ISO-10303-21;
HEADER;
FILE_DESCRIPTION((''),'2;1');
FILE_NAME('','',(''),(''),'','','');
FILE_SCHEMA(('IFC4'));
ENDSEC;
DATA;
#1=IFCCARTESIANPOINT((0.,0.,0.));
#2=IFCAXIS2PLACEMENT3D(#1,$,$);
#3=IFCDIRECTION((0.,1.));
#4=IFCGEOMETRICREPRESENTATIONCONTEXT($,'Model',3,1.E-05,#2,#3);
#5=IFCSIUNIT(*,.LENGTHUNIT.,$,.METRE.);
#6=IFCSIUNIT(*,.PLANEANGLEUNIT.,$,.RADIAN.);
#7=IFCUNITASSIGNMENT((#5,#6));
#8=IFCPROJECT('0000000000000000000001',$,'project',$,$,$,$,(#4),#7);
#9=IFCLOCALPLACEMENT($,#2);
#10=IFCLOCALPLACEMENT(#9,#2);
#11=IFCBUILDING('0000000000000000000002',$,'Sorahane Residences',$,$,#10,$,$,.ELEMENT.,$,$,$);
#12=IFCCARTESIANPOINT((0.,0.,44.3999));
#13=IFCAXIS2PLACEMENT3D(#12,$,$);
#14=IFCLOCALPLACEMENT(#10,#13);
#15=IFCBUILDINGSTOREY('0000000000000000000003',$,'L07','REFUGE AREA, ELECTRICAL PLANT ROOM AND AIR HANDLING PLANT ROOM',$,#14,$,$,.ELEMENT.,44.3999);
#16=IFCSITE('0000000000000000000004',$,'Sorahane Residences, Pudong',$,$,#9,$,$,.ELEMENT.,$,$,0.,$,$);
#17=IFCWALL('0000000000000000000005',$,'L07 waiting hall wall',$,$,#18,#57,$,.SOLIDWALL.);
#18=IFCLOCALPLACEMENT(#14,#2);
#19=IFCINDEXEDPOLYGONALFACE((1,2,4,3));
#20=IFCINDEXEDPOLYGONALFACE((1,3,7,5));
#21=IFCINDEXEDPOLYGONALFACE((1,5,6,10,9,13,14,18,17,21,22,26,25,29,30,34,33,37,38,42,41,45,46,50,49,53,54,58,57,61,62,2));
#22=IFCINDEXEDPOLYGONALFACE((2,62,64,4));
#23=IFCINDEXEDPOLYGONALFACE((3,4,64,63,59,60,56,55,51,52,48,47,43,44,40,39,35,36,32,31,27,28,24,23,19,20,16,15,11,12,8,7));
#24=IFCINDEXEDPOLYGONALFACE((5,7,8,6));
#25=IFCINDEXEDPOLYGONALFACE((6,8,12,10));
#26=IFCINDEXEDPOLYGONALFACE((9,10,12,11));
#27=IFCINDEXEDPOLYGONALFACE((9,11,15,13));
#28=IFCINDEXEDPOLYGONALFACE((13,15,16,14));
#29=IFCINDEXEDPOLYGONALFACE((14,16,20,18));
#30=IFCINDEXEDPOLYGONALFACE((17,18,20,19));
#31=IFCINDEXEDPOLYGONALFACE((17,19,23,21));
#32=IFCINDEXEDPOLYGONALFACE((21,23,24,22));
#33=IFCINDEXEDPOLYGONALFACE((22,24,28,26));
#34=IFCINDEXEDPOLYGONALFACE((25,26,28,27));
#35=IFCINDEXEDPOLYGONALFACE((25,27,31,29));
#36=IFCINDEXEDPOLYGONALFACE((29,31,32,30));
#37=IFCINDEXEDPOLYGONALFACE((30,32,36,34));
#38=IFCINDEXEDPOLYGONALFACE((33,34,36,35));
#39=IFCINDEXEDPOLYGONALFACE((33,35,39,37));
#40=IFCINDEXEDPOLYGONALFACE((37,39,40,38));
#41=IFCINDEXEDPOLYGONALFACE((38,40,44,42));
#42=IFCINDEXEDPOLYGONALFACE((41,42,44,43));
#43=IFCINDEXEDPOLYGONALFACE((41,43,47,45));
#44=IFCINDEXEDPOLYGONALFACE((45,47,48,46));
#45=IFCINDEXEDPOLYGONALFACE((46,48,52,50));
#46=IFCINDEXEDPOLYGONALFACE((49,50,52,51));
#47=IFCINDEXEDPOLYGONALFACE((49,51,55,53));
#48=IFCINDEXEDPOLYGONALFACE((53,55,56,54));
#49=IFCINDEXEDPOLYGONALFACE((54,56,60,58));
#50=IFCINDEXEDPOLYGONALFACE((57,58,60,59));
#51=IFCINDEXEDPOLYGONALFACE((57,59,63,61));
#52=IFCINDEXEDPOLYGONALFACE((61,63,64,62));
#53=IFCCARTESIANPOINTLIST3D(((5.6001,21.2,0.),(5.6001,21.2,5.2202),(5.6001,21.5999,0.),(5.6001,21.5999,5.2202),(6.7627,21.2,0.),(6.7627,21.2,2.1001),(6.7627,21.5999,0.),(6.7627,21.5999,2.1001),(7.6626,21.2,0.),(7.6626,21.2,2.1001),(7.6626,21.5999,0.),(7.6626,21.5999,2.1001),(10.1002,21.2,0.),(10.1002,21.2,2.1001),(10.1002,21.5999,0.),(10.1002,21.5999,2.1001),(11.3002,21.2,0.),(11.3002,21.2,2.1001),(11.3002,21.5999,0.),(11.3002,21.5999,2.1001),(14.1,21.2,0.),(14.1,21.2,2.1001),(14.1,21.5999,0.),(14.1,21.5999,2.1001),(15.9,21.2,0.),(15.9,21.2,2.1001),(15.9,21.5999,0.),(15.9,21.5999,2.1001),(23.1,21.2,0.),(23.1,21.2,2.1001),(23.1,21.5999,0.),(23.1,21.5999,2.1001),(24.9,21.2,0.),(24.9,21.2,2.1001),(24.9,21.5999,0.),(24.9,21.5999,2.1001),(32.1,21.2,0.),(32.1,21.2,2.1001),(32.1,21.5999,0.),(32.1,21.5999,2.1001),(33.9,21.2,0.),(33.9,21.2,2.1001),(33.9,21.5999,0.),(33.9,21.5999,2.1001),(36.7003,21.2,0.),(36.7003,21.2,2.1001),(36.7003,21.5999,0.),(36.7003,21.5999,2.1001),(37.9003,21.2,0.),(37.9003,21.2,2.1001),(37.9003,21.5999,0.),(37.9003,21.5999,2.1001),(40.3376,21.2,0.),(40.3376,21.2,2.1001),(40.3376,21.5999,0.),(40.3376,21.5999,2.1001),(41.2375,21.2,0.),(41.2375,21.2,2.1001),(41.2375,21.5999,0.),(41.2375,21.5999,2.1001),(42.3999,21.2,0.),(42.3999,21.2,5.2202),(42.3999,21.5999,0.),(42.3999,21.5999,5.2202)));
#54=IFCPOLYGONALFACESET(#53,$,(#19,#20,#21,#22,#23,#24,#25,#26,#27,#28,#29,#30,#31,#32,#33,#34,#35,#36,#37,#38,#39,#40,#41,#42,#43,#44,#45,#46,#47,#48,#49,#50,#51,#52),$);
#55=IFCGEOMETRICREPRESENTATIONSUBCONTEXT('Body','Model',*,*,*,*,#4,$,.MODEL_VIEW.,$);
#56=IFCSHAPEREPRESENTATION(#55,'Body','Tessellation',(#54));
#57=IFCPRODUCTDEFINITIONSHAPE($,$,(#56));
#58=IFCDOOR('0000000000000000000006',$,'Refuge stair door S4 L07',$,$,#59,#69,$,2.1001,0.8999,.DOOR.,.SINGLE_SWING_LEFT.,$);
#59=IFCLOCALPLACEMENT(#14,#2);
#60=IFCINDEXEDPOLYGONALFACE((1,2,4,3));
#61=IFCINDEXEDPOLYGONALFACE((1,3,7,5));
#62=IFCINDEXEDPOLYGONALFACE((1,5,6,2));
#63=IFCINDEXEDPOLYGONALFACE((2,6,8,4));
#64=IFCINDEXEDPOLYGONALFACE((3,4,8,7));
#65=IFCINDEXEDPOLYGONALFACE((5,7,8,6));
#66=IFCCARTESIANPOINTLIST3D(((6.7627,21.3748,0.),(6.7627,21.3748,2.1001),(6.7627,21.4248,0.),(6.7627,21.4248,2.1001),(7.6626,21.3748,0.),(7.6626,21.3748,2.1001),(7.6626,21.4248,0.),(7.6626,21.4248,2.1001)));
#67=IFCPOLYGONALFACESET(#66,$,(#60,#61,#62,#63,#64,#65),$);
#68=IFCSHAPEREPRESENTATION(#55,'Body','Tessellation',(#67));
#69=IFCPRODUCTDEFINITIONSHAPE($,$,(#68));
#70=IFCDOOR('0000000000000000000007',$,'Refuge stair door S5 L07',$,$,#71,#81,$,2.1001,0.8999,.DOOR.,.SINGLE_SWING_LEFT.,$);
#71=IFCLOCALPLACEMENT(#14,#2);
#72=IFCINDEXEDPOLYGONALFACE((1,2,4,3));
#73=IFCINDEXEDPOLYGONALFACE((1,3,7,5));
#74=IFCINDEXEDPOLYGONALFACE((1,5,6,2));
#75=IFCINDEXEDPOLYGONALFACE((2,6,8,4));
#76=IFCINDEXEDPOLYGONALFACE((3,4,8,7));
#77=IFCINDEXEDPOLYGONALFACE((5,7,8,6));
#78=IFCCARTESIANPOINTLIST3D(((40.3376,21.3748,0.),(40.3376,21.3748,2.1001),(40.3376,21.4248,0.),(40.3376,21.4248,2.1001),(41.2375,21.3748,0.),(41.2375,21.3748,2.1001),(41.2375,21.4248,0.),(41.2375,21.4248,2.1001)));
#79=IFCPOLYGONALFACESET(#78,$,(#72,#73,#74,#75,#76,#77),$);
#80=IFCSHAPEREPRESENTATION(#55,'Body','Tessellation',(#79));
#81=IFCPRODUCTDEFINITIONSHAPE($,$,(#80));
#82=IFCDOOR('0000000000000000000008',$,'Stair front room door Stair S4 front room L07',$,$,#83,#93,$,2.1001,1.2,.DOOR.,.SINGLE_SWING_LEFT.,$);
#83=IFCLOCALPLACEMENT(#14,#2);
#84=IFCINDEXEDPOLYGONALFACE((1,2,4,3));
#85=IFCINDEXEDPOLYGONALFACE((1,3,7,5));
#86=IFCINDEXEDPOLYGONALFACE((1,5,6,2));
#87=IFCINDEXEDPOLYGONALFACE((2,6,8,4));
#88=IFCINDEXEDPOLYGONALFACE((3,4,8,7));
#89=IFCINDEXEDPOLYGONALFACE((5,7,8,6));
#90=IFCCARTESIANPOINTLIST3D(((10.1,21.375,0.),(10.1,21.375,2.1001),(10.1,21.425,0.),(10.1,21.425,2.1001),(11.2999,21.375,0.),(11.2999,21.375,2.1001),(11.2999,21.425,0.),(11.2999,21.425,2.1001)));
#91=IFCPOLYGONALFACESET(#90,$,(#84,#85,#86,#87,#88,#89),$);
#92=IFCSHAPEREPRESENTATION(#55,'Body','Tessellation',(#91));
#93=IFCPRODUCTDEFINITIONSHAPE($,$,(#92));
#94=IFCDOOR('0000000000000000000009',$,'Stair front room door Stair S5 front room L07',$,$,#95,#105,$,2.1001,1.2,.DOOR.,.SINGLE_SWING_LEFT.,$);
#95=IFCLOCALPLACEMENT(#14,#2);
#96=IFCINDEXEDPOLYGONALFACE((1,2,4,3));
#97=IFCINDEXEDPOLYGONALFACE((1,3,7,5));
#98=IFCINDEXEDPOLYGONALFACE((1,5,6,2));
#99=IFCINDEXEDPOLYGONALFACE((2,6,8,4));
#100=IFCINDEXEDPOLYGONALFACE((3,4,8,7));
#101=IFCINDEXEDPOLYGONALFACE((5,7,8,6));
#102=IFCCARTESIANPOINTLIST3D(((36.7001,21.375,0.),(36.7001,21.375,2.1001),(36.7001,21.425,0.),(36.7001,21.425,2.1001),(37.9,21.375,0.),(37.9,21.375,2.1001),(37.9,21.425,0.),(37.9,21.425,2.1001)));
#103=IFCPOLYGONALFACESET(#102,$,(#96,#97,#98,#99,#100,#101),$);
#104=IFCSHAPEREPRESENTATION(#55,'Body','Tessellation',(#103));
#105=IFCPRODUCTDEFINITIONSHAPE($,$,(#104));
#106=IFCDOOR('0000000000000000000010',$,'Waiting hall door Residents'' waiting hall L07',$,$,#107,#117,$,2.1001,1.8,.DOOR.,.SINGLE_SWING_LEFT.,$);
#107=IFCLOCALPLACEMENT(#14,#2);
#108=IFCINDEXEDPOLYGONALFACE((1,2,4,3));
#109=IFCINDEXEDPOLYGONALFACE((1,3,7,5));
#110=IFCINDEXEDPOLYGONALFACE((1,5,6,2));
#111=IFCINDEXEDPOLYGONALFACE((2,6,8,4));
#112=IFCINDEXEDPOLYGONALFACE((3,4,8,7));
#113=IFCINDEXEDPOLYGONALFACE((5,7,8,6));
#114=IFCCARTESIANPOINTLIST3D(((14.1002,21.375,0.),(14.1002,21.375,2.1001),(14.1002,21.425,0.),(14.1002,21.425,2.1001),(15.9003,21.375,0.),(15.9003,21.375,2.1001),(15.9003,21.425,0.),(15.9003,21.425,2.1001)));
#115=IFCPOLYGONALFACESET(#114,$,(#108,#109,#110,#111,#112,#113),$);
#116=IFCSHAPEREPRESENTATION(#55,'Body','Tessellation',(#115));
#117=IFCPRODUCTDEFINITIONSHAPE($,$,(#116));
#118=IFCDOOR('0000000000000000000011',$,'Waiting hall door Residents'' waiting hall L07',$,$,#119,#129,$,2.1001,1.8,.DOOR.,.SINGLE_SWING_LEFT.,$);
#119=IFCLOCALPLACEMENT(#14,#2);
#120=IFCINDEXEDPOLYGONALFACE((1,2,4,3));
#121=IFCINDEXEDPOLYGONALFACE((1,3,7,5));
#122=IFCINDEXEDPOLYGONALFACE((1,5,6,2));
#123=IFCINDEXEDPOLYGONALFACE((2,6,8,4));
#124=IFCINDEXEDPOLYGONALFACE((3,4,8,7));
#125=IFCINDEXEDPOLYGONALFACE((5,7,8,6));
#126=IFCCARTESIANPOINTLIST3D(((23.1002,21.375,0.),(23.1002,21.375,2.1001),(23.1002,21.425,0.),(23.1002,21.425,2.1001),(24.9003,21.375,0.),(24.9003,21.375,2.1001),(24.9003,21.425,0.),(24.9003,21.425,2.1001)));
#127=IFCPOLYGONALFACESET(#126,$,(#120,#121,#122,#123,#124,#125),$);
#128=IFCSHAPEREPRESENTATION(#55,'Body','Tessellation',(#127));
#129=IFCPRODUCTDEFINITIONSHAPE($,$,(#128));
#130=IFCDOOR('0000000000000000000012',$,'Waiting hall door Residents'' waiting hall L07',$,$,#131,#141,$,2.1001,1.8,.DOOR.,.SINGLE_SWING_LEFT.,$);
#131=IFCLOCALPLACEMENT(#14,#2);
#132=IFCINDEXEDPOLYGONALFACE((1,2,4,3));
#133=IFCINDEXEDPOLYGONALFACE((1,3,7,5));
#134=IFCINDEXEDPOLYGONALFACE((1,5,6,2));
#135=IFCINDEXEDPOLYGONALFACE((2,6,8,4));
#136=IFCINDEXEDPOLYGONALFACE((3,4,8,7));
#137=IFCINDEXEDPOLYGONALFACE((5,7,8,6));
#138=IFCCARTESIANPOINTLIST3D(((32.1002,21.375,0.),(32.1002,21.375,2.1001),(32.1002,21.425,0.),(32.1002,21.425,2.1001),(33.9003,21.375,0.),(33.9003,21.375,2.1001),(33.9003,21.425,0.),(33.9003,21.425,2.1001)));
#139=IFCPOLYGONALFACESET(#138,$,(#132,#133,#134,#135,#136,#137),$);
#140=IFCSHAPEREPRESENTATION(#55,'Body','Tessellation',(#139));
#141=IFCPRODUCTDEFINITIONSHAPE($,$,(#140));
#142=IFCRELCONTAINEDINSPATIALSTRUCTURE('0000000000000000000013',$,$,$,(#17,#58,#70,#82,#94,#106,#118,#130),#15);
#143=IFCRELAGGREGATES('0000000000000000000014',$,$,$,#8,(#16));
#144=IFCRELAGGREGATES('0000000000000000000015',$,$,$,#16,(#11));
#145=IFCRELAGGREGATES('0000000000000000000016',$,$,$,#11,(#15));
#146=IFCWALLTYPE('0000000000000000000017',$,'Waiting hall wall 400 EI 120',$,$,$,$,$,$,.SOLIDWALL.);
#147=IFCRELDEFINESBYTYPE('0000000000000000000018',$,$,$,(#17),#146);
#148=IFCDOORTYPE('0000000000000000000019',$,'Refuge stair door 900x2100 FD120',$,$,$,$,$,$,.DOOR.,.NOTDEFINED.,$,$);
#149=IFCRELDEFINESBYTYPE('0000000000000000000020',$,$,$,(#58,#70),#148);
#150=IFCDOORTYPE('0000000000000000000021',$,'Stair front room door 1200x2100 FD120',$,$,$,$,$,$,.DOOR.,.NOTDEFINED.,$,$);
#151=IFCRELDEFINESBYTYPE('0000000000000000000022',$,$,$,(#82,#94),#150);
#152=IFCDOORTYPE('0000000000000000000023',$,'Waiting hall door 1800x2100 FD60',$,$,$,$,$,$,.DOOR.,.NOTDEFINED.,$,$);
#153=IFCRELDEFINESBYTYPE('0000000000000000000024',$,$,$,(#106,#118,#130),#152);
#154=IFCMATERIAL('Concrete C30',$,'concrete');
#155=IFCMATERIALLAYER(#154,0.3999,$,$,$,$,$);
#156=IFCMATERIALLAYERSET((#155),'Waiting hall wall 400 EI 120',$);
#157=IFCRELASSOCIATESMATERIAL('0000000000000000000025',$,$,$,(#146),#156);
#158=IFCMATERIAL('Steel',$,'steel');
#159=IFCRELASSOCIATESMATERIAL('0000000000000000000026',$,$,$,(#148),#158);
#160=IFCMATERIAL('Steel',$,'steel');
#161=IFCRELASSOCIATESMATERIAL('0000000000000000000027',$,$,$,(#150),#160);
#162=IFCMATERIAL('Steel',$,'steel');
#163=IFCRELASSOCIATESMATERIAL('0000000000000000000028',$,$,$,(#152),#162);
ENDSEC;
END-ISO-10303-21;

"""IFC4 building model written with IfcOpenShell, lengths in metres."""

from ifc_helpers import new_model, si_unit, direction, frame, frame_2d, origin, place, context, subcontext, project, spatial, rectangle, extrude, material, layer, layer_set, type_object, element, fill, save


model = new_model("IFC4")

# Units and contexts
model_context = context("Model", 3, precision=1e-05, world=origin(), true_north=direction((0.0, 1.0)))
body_context = subcontext(model_context, "Body", "Model", "MODEL_VIEW")
ifc_project = project(units=[si_unit("LENGTHUNIT", "METRE"), si_unit("PLANEANGLEUNIT", "RADIAN")], contexts=[model_context])

# Site, building, storey
site_placement = place(None, origin())
site = spatial("IfcSite", under=ifc_project, at=site_placement, Name="Sorahane Residences, Pudong", CompositionType="ELEMENT", RefElevation=0.0)
building_placement = place(site_placement, origin())
building = spatial("IfcBuilding", under=site, at=building_placement, Name="Sorahane Residences", CompositionType="ELEMENT")
storey_placement = place(building_placement, frame((0.0, 0.0, 44.3999)))
storey = spatial("IfcBuildingStorey", under=building, at=storey_placement, Name="L07", Description="REFUGE AREA, ELECTRICAL PLANT ROOM AND AIR HANDLING PLANT ROOM", CompositionType="ELEMENT", Elevation=44.3999)

# Wall, openings, doors
ifc_material_1 = material(Name="Concrete C30", Category="concrete")
ifc_layer_1 = layer(ifc_material_1, 0.3999)
ifc_layer_set_1 = layer_set([ifc_layer_1], Name="Waiting hall wall 400 EI 120")
wall_type_1 = type_object("IfcWallType", Name="Waiting hall wall 400 EI 120", PredefinedType="SOLIDWALL", material=ifc_layer_set_1)
wall_1_placement = place(storey_placement, frame((5.6001, 21.3999, 0.0), z_axis=(0.0, 0.0, 1.0), x_axis=(1.0, 0.0, 0.0)))
wall_1 = element("IfcWall", 1, at=wall_1_placement, inside=storey, type_object=wall_type_1, Name="L07 waiting hall wall", PredefinedType="SOLIDWALL", context=body_context, shape_type="SweptSolid", body=[
    extrude(rectangle(XDim=36.7998, YDim=0.3999, at=frame_2d((18.3999, 0.0))), origin(), (0.0, 0.0, 1.0), 5.2202),
])
opening_1_placement = place(wall_1_placement, frame((8.5, 0.0, 0.0)))
opening_1 = element("IfcOpeningElement", 2, at=opening_1_placement, cuts=wall_1, PredefinedType="OPENING", context=body_context, shape_type="SweptSolid", body=[
    extrude(rectangle(XDim=1.8, YDim=2.1001, at=frame_2d((0.8999, 1.05))), frame((0.0, 0.21, 0.0), z_axis=(0.0, -1.0, 0.0), x_axis=(1.0, 0.0, 0.0)), (0.0, 0.0, 1.0), 0.4199),
])
opening_2_placement = place(wall_1_placement, frame((17.5, 0.0, 0.0)))
opening_2 = element("IfcOpeningElement", 3, at=opening_2_placement, cuts=wall_1, PredefinedType="OPENING", context=body_context, shape_type="SweptSolid", body=[
    extrude(rectangle(XDim=1.8, YDim=2.1001, at=frame_2d((0.8999, 1.05))), frame((0.0, 0.21, 0.0), z_axis=(0.0, -1.0, 0.0), x_axis=(1.0, 0.0, 0.0)), (0.0, 0.0, 1.0), 0.4199),
])
opening_3_placement = place(wall_1_placement, frame((26.5, 0.0, 0.0)))
opening_3 = element("IfcOpeningElement", 4, at=opening_3_placement, cuts=wall_1, PredefinedType="OPENING", context=body_context, shape_type="SweptSolid", body=[
    extrude(rectangle(XDim=1.8, YDim=2.1001, at=frame_2d((0.8999, 1.05))), frame((0.0, 0.21, 0.0), z_axis=(0.0, -1.0, 0.0), x_axis=(1.0, 0.0, 0.0)), (0.0, 0.0, 1.0), 0.4199),
])
opening_4_placement = place(wall_1_placement, frame((4.5, 0.0, 0.0)))
opening_4 = element("IfcOpeningElement", 5, at=opening_4_placement, cuts=wall_1, PredefinedType="OPENING", context=body_context, shape_type="SweptSolid", body=[
    extrude(rectangle(XDim=1.2, YDim=2.1001, at=frame_2d((0.6001, 1.05))), frame((0.0, 0.21, 0.0), z_axis=(0.0, -1.0, 0.0), x_axis=(1.0, 0.0, 0.0)), (0.0, 0.0, 1.0), 0.4199),
])
opening_5_placement = place(wall_1_placement, frame((31.1001, 0.0, 0.0)))
opening_5 = element("IfcOpeningElement", 6, at=opening_5_placement, cuts=wall_1, PredefinedType="OPENING", context=body_context, shape_type="SweptSolid", body=[
    extrude(rectangle(XDim=1.2, YDim=2.1001, at=frame_2d((0.6001, 1.05))), frame((0.0, 0.21, 0.0), z_axis=(0.0, -1.0, 0.0), x_axis=(1.0, 0.0, 0.0)), (0.0, 0.0, 1.0), 0.4199),
])
opening_6_placement = place(wall_1_placement, frame((1.1626, 0.0, 0.0)))
opening_6 = element("IfcOpeningElement", 7, at=opening_6_placement, cuts=wall_1, PredefinedType="OPENING", context=body_context, shape_type="SweptSolid", body=[
    extrude(rectangle(XDim=0.8999, YDim=2.1001, at=frame_2d((0.45, 1.05))), frame((0.0, 0.21, 0.0), z_axis=(0.0, -1.0, 0.0), x_axis=(1.0, 0.0, 0.0)), (0.0, 0.0, 1.0), 0.4199),
])
opening_7_placement = place(wall_1_placement, frame((34.7375, 0.0, 0.0)))
opening_7 = element("IfcOpeningElement", 8, at=opening_7_placement, cuts=wall_1, PredefinedType="OPENING", context=body_context, shape_type="SweptSolid", body=[
    extrude(rectangle(XDim=0.8999, YDim=2.1001, at=frame_2d((0.45, 1.05))), frame((0.0, 0.21, 0.0), z_axis=(0.0, -1.0, 0.0), x_axis=(1.0, 0.0, 0.0)), (0.0, 0.0, 1.0), 0.4199),
])
ifc_material_2 = material(Name="Steel", Category="steel")
door_type_1 = type_object("IfcDoorType", Name="Refuge stair door 900x2100 FD120", OperationType="NOTDEFINED", PredefinedType="DOOR", material=ifc_material_2)
door_1_placement = place(opening_6_placement, origin())
door_1 = element("IfcDoor", 9, at=door_1_placement, inside=storey, type_object=door_type_1, Name="Refuge stair door S4 L07", OperationType="SINGLE_SWING_LEFT", OverallHeight=2.1001, OverallWidth=0.8999, PredefinedType="DOOR", context=body_context, shape_type="SweptSolid", body=[
    extrude(rectangle(XDim=0.8999, YDim=2.1001, at=frame_2d((0.45, 1.05))), frame((0.0, 0.0249, 0.0), z_axis=(0.0, -1.0, 0.0), x_axis=(1.0, 0.0, 0.0)), (0.0, 0.0, 1.0), 0.05),
])
fill(opening_6, door_1)
door_2_placement = place(opening_7_placement, origin())
door_2 = element("IfcDoor", 10, at=door_2_placement, inside=storey, type_object=door_type_1, Name="Refuge stair door S5 L07", OperationType="SINGLE_SWING_LEFT", OverallHeight=2.1001, OverallWidth=0.8999, PredefinedType="DOOR", context=body_context, shape_type="SweptSolid", body=[
    extrude(rectangle(XDim=0.8999, YDim=2.1001, at=frame_2d((0.45, 1.05))), frame((0.0, 0.0249, 0.0), z_axis=(0.0, -1.0, 0.0), x_axis=(1.0, 0.0, 0.0)), (0.0, 0.0, 1.0), 0.05),
])
fill(opening_7, door_2)
ifc_material_3 = material(Name="Steel", Category="steel")
door_type_2 = type_object("IfcDoorType", Name="Stair front room door 1200x2100 FD120", OperationType="NOTDEFINED", PredefinedType="DOOR", material=ifc_material_3)
door_3_placement = place(opening_4_placement, frame((1.2, 0.0, 0.0), z_axis=(0.0, 0.0, 1.0), x_axis=(-1.0, 0.0, 0.0)))
door_3 = element("IfcDoor", 11, at=door_3_placement, inside=storey, type_object=door_type_2, Name="Stair front room door Stair S4 front room L07", OperationType="SINGLE_SWING_LEFT", OverallHeight=2.1001, OverallWidth=1.2, PredefinedType="DOOR", context=body_context, shape_type="SweptSolid", body=[
    extrude(rectangle(XDim=1.2, YDim=2.1001, at=frame_2d((0.6001, 1.05))), frame((0.0, 0.0249, 0.0), z_axis=(0.0, -1.0, 0.0), x_axis=(1.0, 0.0, 0.0)), (0.0, 0.0, 1.0), 0.05),
])
fill(opening_4, door_3)
door_4_placement = place(opening_5_placement, frame((1.2, 0.0, 0.0), z_axis=(0.0, 0.0, 1.0), x_axis=(-1.0, 0.0, 0.0)))
door_4 = element("IfcDoor", 12, at=door_4_placement, inside=storey, type_object=door_type_2, Name="Stair front room door Stair S5 front room L07", OperationType="SINGLE_SWING_LEFT", OverallHeight=2.1001, OverallWidth=1.2, PredefinedType="DOOR", context=body_context, shape_type="SweptSolid", body=[
    extrude(rectangle(XDim=1.2, YDim=2.1001, at=frame_2d((0.6001, 1.05))), frame((0.0, 0.0249, 0.0), z_axis=(0.0, -1.0, 0.0), x_axis=(1.0, 0.0, 0.0)), (0.0, 0.0, 1.0), 0.05),
])
fill(opening_5, door_4)
ifc_material_4 = material(Name="Steel", Category="steel")
door_type_3 = type_object("IfcDoorType", Name="Waiting hall door 1800x2100 FD60", OperationType="NOTDEFINED", PredefinedType="DOOR", material=ifc_material_4)
door_5_placement = place(opening_1_placement, frame((1.8, 0.0, 0.0), z_axis=(0.0, 0.0, 1.0), x_axis=(-1.0, 0.0, 0.0)))
door_5 = element("IfcDoor", 13, at=door_5_placement, inside=storey, type_object=door_type_3, Name="Waiting hall door Residents' waiting hall L07", OperationType="SINGLE_SWING_LEFT", OverallHeight=2.1001, OverallWidth=1.8, PredefinedType="DOOR", context=body_context, shape_type="SweptSolid", body=[
    extrude(rectangle(XDim=1.8, YDim=2.1001, at=frame_2d((0.8999, 1.05))), frame((0.0, 0.0249, 0.0), z_axis=(0.0, -1.0, 0.0), x_axis=(1.0, 0.0, 0.0)), (0.0, 0.0, 1.0), 0.05),
])
fill(opening_1, door_5)
door_6_placement = place(opening_2_placement, frame((1.8, 0.0, 0.0), z_axis=(0.0, 0.0, 1.0), x_axis=(-1.0, 0.0, 0.0)))
door_6 = element("IfcDoor", 14, at=door_6_placement, inside=storey, type_object=door_type_3, Name="Waiting hall door Residents' waiting hall L07", OperationType="SINGLE_SWING_LEFT", OverallHeight=2.1001, OverallWidth=1.8, PredefinedType="DOOR", context=body_context, shape_type="SweptSolid", body=[
    extrude(rectangle(XDim=1.8, YDim=2.1001, at=frame_2d((0.8999, 1.05))), frame((0.0, 0.0249, 0.0), z_axis=(0.0, -1.0, 0.0), x_axis=(1.0, 0.0, 0.0)), (0.0, 0.0, 1.0), 0.05),
])
fill(opening_2, door_6)
door_7_placement = place(opening_3_placement, frame((1.8, 0.0, 0.0), z_axis=(0.0, 0.0, 1.0), x_axis=(-1.0, 0.0, 0.0)))
door_7 = element("IfcDoor", 15, at=door_7_placement, inside=storey, type_object=door_type_3, Name="Waiting hall door Residents' waiting hall L07", OperationType="SINGLE_SWING_LEFT", OverallHeight=2.1001, OverallWidth=1.8, PredefinedType="DOOR", context=body_context, shape_type="SweptSolid", body=[
    extrude(rectangle(XDim=1.8, YDim=2.1001, at=frame_2d((0.8999, 1.05))), frame((0.0, 0.0249, 0.0), z_axis=(0.0, -1.0, 0.0), x_axis=(1.0, 0.0, 0.0)), (0.0, 0.0, 1.0), 0.05),
])
fill(opening_3, door_7)

save(model, "model.ifc")
